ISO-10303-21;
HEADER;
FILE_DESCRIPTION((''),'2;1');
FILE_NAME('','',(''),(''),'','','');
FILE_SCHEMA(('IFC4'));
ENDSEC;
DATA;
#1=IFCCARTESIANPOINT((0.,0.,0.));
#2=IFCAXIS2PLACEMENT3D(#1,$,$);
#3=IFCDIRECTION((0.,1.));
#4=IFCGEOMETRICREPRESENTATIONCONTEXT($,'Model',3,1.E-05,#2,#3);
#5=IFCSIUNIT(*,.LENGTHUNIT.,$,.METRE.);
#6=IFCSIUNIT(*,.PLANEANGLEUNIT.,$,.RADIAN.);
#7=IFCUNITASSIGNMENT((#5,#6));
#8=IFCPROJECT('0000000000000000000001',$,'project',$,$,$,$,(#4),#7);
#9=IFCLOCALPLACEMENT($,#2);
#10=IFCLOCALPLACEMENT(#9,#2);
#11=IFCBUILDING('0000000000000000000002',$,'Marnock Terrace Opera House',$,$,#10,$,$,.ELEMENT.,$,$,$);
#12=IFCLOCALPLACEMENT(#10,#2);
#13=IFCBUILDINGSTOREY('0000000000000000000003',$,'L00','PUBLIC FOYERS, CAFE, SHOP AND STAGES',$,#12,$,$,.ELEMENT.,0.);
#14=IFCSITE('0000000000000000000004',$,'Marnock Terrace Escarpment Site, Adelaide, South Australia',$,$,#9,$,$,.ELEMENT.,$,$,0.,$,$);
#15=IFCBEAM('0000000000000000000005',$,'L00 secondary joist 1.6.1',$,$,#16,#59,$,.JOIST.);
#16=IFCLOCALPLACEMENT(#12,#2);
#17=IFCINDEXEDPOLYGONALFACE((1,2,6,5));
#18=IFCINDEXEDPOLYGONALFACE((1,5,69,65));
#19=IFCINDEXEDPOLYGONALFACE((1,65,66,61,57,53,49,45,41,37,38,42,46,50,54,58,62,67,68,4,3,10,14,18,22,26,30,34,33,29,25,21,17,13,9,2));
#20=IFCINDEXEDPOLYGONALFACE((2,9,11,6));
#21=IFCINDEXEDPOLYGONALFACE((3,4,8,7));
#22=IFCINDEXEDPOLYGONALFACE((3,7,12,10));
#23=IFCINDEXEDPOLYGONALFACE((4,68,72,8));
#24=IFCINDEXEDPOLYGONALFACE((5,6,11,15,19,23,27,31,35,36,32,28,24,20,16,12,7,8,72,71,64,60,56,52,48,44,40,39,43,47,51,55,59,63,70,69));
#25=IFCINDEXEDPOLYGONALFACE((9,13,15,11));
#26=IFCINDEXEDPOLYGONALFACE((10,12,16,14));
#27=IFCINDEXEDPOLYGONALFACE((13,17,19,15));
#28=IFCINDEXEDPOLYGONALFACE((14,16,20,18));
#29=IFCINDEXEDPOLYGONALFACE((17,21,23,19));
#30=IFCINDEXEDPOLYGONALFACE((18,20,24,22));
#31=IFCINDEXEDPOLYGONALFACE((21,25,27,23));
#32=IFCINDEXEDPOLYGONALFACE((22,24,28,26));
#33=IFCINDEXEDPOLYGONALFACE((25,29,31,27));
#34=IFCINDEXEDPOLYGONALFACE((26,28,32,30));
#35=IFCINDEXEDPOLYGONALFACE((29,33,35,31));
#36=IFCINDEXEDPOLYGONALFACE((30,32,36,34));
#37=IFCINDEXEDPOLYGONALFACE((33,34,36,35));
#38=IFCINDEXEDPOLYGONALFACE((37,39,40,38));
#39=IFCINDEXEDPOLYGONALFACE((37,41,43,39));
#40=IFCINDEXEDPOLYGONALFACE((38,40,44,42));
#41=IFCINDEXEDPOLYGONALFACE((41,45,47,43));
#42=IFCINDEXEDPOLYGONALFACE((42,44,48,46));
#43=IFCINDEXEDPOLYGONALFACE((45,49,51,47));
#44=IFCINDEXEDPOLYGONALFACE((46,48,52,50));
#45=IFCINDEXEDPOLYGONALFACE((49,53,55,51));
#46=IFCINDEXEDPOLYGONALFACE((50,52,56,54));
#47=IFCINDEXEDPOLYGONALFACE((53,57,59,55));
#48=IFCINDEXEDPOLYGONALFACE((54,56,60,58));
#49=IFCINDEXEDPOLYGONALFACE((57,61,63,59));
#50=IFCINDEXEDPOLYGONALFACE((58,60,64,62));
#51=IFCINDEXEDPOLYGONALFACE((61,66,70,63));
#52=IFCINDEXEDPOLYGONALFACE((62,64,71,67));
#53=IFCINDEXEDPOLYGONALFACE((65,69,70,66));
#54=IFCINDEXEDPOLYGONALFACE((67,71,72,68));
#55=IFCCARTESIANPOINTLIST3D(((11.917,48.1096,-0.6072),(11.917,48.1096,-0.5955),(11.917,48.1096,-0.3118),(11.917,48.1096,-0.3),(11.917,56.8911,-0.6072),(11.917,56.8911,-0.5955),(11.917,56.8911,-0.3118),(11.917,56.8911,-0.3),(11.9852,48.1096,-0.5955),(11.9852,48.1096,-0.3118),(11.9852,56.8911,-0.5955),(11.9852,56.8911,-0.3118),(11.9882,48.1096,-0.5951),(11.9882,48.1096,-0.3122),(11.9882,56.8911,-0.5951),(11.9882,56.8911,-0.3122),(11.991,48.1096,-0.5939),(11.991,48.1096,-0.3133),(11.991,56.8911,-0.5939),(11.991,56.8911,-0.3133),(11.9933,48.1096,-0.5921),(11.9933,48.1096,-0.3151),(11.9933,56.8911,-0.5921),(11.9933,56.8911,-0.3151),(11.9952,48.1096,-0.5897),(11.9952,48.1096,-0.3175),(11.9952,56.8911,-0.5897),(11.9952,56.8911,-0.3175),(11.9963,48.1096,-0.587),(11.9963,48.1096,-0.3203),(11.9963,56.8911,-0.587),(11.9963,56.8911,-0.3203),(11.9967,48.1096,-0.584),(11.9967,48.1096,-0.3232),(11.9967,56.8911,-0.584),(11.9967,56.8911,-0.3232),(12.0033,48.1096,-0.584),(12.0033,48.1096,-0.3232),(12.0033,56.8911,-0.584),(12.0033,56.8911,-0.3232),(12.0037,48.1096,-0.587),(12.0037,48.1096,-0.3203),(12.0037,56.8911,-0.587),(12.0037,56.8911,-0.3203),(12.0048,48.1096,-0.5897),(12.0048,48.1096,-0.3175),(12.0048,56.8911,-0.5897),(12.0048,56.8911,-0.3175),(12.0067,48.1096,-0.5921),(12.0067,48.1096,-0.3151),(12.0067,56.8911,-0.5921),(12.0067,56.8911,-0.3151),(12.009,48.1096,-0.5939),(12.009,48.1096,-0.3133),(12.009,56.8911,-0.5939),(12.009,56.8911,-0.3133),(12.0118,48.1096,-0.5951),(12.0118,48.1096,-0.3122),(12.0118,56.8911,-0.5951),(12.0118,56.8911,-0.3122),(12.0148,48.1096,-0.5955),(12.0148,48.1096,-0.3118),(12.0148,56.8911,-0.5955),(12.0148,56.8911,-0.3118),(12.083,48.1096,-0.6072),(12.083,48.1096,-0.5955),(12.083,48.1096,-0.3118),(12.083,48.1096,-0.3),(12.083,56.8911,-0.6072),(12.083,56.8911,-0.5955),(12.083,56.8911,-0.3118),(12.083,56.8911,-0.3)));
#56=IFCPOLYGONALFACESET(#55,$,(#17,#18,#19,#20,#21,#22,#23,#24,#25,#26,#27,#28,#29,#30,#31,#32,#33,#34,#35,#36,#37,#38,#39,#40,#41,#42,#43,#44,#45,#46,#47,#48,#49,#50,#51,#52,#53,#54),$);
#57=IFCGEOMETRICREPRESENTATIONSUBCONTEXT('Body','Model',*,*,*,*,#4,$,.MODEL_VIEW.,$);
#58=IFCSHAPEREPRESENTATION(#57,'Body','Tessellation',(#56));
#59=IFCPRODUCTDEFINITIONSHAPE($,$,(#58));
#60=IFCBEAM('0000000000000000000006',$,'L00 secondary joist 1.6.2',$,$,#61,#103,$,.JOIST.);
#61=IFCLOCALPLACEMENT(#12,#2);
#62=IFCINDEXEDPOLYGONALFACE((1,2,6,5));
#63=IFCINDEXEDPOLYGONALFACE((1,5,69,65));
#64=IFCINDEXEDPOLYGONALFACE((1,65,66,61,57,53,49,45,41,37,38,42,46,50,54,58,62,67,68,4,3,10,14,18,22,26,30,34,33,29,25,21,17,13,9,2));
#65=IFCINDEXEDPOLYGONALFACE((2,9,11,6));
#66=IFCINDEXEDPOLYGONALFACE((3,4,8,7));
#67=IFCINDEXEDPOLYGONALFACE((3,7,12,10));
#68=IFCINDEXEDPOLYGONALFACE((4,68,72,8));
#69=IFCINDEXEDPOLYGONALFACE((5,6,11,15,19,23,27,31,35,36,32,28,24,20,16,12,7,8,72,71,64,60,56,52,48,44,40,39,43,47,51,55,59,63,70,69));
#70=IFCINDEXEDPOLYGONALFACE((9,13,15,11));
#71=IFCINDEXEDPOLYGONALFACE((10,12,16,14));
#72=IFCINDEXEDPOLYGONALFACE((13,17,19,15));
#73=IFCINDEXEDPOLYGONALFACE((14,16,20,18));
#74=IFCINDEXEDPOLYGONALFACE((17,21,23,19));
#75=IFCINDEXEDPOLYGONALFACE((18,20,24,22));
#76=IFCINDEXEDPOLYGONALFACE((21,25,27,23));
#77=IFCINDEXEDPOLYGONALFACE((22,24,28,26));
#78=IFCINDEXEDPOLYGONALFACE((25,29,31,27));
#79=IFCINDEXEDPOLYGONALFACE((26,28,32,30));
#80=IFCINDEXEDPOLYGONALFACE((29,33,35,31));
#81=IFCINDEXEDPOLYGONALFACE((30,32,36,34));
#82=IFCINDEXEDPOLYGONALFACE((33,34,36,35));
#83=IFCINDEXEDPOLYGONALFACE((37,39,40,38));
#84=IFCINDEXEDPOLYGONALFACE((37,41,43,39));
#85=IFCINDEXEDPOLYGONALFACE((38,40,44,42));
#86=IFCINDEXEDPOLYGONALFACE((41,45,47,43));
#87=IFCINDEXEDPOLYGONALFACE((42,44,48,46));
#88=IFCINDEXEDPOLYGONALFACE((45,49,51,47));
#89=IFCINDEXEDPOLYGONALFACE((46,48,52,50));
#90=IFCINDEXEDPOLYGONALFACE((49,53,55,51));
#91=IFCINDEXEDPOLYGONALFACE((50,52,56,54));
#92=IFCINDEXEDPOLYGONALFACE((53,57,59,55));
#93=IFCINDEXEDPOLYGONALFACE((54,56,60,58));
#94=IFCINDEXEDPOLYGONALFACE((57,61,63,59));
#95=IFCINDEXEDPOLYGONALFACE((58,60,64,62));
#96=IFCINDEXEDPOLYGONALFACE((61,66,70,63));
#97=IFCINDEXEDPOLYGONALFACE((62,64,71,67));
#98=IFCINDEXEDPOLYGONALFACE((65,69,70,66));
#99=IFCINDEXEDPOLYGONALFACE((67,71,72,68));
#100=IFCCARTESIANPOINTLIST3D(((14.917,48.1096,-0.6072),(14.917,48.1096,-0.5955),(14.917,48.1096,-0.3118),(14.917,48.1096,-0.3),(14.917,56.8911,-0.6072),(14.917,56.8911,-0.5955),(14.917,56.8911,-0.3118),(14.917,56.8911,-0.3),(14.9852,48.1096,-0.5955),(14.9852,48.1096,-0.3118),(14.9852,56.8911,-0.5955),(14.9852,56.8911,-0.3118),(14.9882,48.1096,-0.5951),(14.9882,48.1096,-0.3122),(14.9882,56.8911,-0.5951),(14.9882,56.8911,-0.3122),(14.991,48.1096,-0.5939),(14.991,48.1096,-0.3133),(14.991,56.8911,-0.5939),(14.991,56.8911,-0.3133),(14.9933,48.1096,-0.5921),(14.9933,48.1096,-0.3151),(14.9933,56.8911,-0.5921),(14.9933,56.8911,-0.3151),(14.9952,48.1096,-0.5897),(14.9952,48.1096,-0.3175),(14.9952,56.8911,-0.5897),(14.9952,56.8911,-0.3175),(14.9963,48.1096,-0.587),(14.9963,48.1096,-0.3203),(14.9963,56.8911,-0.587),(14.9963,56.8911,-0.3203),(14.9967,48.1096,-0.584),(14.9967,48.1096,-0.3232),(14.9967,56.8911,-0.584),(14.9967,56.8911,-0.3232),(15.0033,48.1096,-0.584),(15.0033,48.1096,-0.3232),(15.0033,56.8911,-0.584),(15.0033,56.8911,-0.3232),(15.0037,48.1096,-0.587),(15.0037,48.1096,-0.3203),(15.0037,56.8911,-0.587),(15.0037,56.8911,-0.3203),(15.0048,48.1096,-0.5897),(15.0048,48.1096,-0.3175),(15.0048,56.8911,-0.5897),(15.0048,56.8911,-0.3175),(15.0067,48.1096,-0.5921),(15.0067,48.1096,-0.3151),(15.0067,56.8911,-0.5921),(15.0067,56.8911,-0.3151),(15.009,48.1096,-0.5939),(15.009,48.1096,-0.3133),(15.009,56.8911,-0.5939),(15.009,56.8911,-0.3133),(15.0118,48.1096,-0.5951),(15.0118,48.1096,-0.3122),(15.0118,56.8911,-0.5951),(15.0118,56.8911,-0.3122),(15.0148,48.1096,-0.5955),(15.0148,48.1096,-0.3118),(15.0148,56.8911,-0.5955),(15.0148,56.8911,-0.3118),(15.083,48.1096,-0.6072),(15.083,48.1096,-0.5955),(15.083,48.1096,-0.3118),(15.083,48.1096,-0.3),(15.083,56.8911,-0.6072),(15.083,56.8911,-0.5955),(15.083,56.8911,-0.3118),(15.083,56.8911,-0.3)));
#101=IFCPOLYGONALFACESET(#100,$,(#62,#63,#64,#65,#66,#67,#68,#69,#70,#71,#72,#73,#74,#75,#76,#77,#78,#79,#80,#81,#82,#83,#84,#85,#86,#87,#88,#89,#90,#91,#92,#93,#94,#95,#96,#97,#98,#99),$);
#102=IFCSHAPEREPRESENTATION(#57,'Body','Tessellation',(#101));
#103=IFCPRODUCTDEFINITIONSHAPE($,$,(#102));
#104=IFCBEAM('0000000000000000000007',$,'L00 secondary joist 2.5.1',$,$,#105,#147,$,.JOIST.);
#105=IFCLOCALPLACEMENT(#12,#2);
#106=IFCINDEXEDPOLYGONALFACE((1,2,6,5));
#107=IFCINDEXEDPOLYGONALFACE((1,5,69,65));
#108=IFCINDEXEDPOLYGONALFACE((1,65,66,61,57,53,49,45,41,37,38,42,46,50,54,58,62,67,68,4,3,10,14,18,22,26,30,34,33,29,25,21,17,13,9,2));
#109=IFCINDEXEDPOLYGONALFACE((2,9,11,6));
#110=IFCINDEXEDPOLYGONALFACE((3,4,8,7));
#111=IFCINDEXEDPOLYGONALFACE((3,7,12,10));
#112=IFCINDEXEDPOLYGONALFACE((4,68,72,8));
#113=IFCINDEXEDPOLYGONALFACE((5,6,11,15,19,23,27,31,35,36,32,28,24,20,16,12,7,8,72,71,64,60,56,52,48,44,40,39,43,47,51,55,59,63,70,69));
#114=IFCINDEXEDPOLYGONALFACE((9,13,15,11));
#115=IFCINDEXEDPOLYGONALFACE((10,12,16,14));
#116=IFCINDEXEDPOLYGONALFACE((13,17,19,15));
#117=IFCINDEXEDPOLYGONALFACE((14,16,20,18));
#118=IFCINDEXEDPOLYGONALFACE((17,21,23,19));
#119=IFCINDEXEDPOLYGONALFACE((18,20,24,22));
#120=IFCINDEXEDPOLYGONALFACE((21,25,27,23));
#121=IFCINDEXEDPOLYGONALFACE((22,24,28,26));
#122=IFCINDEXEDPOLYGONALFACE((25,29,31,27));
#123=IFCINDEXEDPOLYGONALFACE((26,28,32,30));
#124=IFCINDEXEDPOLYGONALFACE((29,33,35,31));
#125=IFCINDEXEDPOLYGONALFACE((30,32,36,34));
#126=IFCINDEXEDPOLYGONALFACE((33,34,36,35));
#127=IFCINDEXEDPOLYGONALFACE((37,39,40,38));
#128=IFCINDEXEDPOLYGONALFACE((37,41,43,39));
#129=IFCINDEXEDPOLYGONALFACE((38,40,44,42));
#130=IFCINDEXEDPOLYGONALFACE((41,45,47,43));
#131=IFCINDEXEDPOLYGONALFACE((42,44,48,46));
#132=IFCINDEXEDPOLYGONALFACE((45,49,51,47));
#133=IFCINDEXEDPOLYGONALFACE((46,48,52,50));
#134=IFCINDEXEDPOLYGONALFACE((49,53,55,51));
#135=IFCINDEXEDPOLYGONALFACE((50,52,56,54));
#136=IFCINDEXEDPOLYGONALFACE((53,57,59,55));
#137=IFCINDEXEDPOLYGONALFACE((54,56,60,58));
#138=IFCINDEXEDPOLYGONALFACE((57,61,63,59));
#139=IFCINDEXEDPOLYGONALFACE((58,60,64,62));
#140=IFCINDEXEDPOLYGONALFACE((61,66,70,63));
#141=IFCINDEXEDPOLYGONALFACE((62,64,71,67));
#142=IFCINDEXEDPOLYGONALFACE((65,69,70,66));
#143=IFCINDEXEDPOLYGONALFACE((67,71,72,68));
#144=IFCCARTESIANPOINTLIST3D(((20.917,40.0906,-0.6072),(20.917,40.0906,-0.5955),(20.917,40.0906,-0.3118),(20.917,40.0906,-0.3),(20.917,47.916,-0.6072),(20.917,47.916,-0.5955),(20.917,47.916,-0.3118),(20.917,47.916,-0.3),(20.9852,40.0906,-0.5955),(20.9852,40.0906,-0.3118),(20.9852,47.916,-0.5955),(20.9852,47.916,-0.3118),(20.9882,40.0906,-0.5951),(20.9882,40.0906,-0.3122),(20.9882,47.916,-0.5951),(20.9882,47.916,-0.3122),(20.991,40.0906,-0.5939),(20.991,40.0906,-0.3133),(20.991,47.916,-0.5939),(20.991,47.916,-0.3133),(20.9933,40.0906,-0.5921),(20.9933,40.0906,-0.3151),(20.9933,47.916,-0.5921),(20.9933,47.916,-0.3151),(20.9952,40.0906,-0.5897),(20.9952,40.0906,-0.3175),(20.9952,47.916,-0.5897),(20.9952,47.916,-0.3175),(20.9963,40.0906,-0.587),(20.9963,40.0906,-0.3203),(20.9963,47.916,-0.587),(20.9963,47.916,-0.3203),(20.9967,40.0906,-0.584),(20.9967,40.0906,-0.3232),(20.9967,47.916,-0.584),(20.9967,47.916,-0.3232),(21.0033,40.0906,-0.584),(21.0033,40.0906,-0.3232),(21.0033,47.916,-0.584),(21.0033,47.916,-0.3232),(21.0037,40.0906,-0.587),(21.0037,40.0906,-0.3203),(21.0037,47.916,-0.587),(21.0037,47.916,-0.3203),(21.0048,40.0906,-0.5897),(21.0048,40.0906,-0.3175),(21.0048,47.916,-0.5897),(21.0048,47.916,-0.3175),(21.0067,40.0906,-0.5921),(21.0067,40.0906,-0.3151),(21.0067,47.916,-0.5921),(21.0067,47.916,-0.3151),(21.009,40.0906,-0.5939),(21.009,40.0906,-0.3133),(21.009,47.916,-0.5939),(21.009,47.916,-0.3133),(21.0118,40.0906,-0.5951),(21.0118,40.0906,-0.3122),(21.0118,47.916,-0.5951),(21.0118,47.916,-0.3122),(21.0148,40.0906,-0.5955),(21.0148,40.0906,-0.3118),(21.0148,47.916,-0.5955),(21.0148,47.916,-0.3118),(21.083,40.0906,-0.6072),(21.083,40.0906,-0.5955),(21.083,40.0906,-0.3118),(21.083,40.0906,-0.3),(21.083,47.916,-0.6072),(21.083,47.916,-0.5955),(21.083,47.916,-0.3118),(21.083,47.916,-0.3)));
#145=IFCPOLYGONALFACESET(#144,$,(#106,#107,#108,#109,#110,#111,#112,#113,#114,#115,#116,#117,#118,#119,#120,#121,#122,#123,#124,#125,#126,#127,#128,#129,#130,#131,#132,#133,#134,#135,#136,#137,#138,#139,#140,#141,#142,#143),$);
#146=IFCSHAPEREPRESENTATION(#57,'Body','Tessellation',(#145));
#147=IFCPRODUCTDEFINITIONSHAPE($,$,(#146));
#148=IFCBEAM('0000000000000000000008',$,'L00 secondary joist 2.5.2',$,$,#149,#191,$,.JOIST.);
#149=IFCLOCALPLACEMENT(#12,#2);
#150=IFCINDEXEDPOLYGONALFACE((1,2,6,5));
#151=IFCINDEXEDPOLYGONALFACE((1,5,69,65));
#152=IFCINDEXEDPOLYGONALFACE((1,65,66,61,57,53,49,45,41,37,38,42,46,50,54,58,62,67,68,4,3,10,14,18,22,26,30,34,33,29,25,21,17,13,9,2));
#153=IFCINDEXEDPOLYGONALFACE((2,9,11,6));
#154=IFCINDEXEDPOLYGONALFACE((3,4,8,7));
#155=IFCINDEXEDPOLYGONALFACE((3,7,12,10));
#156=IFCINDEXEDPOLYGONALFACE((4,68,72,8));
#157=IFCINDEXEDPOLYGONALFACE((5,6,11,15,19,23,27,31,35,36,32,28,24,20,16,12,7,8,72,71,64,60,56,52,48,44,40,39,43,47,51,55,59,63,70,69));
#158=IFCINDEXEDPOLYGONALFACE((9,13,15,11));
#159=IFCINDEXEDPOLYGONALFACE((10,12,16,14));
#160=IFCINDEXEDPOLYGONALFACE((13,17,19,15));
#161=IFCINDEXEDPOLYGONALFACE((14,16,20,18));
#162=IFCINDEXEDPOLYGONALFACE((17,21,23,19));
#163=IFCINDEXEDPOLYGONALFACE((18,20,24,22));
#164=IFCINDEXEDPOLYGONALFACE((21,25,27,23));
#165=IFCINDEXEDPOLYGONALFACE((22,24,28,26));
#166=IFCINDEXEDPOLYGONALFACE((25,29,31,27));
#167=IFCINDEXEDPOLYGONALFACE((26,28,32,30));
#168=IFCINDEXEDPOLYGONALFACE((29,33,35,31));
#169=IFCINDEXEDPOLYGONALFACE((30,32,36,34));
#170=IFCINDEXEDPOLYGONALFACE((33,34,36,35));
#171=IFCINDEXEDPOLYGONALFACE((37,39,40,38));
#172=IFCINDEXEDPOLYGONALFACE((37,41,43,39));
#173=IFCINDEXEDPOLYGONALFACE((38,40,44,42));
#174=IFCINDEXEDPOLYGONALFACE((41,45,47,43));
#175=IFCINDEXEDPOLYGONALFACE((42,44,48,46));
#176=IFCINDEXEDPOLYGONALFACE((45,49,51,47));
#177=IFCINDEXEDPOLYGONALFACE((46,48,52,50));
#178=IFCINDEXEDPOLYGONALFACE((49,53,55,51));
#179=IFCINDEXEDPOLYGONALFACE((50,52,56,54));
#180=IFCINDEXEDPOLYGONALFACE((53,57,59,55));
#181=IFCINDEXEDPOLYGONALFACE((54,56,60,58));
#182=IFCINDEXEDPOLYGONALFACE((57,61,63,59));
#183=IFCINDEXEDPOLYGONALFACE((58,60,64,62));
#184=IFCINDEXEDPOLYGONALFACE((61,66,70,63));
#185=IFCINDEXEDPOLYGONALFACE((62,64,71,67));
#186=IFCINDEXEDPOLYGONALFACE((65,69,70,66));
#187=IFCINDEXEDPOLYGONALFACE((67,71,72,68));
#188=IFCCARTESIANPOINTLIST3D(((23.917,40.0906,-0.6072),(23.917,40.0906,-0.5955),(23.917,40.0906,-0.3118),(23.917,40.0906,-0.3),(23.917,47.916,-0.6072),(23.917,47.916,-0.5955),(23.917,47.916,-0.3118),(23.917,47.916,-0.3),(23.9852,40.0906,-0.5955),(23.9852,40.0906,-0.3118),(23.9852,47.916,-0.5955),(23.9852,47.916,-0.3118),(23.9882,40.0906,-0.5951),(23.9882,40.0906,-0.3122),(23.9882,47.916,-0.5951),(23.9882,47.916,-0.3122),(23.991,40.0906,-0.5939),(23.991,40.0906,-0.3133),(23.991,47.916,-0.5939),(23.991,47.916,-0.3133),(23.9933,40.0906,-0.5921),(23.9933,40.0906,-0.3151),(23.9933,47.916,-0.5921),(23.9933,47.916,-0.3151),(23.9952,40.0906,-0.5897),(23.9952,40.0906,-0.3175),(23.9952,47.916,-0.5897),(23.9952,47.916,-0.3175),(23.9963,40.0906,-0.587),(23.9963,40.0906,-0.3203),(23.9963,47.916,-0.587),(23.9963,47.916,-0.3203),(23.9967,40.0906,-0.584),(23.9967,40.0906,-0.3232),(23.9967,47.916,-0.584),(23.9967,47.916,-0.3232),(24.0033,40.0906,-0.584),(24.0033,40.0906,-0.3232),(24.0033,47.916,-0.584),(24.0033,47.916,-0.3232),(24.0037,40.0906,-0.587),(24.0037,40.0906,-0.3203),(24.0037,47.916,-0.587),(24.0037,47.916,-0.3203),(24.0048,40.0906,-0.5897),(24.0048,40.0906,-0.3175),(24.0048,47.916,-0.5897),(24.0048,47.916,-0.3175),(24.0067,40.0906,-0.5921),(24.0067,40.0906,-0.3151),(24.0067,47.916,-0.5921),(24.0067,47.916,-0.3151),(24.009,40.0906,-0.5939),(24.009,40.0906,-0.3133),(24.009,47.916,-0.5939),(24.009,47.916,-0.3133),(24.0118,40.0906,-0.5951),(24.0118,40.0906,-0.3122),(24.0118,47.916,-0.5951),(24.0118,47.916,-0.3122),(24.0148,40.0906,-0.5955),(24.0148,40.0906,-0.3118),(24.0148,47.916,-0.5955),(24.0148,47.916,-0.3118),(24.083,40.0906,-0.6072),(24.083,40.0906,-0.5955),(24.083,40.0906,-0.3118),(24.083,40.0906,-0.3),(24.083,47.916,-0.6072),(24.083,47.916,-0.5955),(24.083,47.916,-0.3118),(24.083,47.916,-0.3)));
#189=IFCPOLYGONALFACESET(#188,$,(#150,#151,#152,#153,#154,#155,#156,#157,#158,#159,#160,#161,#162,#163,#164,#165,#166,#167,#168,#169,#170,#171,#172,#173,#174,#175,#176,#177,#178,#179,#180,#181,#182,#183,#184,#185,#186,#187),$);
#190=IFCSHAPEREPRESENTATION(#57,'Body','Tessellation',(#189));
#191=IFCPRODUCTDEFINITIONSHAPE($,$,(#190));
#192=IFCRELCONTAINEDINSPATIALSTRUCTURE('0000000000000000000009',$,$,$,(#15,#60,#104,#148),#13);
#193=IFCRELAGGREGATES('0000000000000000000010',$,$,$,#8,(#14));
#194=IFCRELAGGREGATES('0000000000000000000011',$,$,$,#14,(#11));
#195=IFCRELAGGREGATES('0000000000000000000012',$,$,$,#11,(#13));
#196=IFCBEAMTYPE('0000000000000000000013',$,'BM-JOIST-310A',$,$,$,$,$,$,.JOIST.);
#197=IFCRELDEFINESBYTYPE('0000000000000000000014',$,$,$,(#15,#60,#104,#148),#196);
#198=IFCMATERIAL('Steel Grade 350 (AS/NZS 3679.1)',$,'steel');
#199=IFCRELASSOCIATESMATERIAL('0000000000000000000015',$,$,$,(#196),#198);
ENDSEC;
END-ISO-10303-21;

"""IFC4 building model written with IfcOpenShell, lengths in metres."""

from ifc_helpers import new_model, si_unit, direction, frame, origin, origin_2d, place, context, subcontext, project, spatial, i_section, extrude, material, material_profile, profile_set, type_object, element, save


model = new_model("IFC4")

# Units and contexts
model_context = context("Model", 3, precision=1e-05, world=origin(), true_north=direction((0.0, 1.0)))
body_context = subcontext(model_context, "Body", "Model", "MODEL_VIEW")
ifc_project = project(units=[si_unit("LENGTHUNIT", "METRE"), si_unit("PLANEANGLEUNIT", "RADIAN")], contexts=[model_context])

# Site, building, storey
site_placement = place(None, origin())
site = spatial("IfcSite", under=ifc_project, at=site_placement, Name="Marnock Terrace Escarpment Site, Adelaide, South Australia", CompositionType="ELEMENT", RefElevation=0.0)
building_placement = place(site_placement, origin())
building = spatial("IfcBuilding", under=site, at=building_placement, Name="Marnock Terrace Opera House", CompositionType="ELEMENT")
storey_placement = place(building_placement, origin())
storey = spatial("IfcBuildingStorey", under=building, at=storey_placement, Name="L00", Description="PUBLIC FOYERS, CAFE, SHOP AND STAGES", CompositionType="ELEMENT", Elevation=0.0)

# Shared definitions
ifc_material_1 = material(Name="Steel Grade 350 (AS/NZS 3679.1)", Category="steel")

# Beams
ifc_material_profile_1 = material_profile(ifc_material_1, i_section(OverallWidth=0.166, OverallDepth=0.3071, WebThickness=0.0066, FlangeThickness=0.0117, FilletRadius=0.0115, at=origin_2d()))
ifc_profile_set_1 = profile_set([ifc_material_profile_1], Name="Steel Grade 350 (AS/NZS 3679.1)")
beam_type_1 = type_object("IfcBeamType", Name="BM-JOIST-310A", PredefinedType="JOIST", material=ifc_profile_set_1)
for number, where, z_axis, x_axis, name in (
    (1, (12.0, 48.1096, -0.4536), (0.0, 1.0, 0.0), (-1.0, 0.0, 0.0), "L00 secondary joist 1.6.1"),
    (2, (15.0, 48.1096, -0.4536), (0.0, 1.0, 0.0), (-1.0, 0.0, 0.0), "L00 secondary joist 1.6.2"),
):
    element("IfcBeam", number, at=place(storey_placement, frame(where, z_axis=z_axis, x_axis=x_axis)), inside=storey, type_object=beam_type_1, Name=name, PredefinedType="JOIST", context=body_context, shape_type="SweptSolid", body=[
        extrude(i_section(OverallWidth=0.166, OverallDepth=0.3071, WebThickness=0.0066, FlangeThickness=0.0117, FilletRadius=0.0115, at=origin_2d()), origin(), (0.0, 0.0, 1.0), 8.7815),
    ])
for number, where, z_axis, x_axis, name in (
    (3, (21.0, 40.0906, -0.4536), (0.0, 1.0, 0.0), (-1.0, 0.0, 0.0), "L00 secondary joist 2.5.1"),
    (4, (24.0, 40.0906, -0.4536), (0.0, 1.0, 0.0), (-1.0, 0.0, 0.0), "L00 secondary joist 2.5.2"),
):
    element("IfcBeam", number, at=place(storey_placement, frame(where, z_axis=z_axis, x_axis=x_axis)), inside=storey, type_object=beam_type_1, Name=name, PredefinedType="JOIST", context=body_context, shape_type="SweptSolid", body=[
        extrude(i_section(OverallWidth=0.166, OverallDepth=0.3071, WebThickness=0.0066, FlangeThickness=0.0117, FilletRadius=0.0115, at=origin_2d()), origin(), (0.0, 0.0, 1.0), 7.8254),
    ])

save(model, "model.ifc")
